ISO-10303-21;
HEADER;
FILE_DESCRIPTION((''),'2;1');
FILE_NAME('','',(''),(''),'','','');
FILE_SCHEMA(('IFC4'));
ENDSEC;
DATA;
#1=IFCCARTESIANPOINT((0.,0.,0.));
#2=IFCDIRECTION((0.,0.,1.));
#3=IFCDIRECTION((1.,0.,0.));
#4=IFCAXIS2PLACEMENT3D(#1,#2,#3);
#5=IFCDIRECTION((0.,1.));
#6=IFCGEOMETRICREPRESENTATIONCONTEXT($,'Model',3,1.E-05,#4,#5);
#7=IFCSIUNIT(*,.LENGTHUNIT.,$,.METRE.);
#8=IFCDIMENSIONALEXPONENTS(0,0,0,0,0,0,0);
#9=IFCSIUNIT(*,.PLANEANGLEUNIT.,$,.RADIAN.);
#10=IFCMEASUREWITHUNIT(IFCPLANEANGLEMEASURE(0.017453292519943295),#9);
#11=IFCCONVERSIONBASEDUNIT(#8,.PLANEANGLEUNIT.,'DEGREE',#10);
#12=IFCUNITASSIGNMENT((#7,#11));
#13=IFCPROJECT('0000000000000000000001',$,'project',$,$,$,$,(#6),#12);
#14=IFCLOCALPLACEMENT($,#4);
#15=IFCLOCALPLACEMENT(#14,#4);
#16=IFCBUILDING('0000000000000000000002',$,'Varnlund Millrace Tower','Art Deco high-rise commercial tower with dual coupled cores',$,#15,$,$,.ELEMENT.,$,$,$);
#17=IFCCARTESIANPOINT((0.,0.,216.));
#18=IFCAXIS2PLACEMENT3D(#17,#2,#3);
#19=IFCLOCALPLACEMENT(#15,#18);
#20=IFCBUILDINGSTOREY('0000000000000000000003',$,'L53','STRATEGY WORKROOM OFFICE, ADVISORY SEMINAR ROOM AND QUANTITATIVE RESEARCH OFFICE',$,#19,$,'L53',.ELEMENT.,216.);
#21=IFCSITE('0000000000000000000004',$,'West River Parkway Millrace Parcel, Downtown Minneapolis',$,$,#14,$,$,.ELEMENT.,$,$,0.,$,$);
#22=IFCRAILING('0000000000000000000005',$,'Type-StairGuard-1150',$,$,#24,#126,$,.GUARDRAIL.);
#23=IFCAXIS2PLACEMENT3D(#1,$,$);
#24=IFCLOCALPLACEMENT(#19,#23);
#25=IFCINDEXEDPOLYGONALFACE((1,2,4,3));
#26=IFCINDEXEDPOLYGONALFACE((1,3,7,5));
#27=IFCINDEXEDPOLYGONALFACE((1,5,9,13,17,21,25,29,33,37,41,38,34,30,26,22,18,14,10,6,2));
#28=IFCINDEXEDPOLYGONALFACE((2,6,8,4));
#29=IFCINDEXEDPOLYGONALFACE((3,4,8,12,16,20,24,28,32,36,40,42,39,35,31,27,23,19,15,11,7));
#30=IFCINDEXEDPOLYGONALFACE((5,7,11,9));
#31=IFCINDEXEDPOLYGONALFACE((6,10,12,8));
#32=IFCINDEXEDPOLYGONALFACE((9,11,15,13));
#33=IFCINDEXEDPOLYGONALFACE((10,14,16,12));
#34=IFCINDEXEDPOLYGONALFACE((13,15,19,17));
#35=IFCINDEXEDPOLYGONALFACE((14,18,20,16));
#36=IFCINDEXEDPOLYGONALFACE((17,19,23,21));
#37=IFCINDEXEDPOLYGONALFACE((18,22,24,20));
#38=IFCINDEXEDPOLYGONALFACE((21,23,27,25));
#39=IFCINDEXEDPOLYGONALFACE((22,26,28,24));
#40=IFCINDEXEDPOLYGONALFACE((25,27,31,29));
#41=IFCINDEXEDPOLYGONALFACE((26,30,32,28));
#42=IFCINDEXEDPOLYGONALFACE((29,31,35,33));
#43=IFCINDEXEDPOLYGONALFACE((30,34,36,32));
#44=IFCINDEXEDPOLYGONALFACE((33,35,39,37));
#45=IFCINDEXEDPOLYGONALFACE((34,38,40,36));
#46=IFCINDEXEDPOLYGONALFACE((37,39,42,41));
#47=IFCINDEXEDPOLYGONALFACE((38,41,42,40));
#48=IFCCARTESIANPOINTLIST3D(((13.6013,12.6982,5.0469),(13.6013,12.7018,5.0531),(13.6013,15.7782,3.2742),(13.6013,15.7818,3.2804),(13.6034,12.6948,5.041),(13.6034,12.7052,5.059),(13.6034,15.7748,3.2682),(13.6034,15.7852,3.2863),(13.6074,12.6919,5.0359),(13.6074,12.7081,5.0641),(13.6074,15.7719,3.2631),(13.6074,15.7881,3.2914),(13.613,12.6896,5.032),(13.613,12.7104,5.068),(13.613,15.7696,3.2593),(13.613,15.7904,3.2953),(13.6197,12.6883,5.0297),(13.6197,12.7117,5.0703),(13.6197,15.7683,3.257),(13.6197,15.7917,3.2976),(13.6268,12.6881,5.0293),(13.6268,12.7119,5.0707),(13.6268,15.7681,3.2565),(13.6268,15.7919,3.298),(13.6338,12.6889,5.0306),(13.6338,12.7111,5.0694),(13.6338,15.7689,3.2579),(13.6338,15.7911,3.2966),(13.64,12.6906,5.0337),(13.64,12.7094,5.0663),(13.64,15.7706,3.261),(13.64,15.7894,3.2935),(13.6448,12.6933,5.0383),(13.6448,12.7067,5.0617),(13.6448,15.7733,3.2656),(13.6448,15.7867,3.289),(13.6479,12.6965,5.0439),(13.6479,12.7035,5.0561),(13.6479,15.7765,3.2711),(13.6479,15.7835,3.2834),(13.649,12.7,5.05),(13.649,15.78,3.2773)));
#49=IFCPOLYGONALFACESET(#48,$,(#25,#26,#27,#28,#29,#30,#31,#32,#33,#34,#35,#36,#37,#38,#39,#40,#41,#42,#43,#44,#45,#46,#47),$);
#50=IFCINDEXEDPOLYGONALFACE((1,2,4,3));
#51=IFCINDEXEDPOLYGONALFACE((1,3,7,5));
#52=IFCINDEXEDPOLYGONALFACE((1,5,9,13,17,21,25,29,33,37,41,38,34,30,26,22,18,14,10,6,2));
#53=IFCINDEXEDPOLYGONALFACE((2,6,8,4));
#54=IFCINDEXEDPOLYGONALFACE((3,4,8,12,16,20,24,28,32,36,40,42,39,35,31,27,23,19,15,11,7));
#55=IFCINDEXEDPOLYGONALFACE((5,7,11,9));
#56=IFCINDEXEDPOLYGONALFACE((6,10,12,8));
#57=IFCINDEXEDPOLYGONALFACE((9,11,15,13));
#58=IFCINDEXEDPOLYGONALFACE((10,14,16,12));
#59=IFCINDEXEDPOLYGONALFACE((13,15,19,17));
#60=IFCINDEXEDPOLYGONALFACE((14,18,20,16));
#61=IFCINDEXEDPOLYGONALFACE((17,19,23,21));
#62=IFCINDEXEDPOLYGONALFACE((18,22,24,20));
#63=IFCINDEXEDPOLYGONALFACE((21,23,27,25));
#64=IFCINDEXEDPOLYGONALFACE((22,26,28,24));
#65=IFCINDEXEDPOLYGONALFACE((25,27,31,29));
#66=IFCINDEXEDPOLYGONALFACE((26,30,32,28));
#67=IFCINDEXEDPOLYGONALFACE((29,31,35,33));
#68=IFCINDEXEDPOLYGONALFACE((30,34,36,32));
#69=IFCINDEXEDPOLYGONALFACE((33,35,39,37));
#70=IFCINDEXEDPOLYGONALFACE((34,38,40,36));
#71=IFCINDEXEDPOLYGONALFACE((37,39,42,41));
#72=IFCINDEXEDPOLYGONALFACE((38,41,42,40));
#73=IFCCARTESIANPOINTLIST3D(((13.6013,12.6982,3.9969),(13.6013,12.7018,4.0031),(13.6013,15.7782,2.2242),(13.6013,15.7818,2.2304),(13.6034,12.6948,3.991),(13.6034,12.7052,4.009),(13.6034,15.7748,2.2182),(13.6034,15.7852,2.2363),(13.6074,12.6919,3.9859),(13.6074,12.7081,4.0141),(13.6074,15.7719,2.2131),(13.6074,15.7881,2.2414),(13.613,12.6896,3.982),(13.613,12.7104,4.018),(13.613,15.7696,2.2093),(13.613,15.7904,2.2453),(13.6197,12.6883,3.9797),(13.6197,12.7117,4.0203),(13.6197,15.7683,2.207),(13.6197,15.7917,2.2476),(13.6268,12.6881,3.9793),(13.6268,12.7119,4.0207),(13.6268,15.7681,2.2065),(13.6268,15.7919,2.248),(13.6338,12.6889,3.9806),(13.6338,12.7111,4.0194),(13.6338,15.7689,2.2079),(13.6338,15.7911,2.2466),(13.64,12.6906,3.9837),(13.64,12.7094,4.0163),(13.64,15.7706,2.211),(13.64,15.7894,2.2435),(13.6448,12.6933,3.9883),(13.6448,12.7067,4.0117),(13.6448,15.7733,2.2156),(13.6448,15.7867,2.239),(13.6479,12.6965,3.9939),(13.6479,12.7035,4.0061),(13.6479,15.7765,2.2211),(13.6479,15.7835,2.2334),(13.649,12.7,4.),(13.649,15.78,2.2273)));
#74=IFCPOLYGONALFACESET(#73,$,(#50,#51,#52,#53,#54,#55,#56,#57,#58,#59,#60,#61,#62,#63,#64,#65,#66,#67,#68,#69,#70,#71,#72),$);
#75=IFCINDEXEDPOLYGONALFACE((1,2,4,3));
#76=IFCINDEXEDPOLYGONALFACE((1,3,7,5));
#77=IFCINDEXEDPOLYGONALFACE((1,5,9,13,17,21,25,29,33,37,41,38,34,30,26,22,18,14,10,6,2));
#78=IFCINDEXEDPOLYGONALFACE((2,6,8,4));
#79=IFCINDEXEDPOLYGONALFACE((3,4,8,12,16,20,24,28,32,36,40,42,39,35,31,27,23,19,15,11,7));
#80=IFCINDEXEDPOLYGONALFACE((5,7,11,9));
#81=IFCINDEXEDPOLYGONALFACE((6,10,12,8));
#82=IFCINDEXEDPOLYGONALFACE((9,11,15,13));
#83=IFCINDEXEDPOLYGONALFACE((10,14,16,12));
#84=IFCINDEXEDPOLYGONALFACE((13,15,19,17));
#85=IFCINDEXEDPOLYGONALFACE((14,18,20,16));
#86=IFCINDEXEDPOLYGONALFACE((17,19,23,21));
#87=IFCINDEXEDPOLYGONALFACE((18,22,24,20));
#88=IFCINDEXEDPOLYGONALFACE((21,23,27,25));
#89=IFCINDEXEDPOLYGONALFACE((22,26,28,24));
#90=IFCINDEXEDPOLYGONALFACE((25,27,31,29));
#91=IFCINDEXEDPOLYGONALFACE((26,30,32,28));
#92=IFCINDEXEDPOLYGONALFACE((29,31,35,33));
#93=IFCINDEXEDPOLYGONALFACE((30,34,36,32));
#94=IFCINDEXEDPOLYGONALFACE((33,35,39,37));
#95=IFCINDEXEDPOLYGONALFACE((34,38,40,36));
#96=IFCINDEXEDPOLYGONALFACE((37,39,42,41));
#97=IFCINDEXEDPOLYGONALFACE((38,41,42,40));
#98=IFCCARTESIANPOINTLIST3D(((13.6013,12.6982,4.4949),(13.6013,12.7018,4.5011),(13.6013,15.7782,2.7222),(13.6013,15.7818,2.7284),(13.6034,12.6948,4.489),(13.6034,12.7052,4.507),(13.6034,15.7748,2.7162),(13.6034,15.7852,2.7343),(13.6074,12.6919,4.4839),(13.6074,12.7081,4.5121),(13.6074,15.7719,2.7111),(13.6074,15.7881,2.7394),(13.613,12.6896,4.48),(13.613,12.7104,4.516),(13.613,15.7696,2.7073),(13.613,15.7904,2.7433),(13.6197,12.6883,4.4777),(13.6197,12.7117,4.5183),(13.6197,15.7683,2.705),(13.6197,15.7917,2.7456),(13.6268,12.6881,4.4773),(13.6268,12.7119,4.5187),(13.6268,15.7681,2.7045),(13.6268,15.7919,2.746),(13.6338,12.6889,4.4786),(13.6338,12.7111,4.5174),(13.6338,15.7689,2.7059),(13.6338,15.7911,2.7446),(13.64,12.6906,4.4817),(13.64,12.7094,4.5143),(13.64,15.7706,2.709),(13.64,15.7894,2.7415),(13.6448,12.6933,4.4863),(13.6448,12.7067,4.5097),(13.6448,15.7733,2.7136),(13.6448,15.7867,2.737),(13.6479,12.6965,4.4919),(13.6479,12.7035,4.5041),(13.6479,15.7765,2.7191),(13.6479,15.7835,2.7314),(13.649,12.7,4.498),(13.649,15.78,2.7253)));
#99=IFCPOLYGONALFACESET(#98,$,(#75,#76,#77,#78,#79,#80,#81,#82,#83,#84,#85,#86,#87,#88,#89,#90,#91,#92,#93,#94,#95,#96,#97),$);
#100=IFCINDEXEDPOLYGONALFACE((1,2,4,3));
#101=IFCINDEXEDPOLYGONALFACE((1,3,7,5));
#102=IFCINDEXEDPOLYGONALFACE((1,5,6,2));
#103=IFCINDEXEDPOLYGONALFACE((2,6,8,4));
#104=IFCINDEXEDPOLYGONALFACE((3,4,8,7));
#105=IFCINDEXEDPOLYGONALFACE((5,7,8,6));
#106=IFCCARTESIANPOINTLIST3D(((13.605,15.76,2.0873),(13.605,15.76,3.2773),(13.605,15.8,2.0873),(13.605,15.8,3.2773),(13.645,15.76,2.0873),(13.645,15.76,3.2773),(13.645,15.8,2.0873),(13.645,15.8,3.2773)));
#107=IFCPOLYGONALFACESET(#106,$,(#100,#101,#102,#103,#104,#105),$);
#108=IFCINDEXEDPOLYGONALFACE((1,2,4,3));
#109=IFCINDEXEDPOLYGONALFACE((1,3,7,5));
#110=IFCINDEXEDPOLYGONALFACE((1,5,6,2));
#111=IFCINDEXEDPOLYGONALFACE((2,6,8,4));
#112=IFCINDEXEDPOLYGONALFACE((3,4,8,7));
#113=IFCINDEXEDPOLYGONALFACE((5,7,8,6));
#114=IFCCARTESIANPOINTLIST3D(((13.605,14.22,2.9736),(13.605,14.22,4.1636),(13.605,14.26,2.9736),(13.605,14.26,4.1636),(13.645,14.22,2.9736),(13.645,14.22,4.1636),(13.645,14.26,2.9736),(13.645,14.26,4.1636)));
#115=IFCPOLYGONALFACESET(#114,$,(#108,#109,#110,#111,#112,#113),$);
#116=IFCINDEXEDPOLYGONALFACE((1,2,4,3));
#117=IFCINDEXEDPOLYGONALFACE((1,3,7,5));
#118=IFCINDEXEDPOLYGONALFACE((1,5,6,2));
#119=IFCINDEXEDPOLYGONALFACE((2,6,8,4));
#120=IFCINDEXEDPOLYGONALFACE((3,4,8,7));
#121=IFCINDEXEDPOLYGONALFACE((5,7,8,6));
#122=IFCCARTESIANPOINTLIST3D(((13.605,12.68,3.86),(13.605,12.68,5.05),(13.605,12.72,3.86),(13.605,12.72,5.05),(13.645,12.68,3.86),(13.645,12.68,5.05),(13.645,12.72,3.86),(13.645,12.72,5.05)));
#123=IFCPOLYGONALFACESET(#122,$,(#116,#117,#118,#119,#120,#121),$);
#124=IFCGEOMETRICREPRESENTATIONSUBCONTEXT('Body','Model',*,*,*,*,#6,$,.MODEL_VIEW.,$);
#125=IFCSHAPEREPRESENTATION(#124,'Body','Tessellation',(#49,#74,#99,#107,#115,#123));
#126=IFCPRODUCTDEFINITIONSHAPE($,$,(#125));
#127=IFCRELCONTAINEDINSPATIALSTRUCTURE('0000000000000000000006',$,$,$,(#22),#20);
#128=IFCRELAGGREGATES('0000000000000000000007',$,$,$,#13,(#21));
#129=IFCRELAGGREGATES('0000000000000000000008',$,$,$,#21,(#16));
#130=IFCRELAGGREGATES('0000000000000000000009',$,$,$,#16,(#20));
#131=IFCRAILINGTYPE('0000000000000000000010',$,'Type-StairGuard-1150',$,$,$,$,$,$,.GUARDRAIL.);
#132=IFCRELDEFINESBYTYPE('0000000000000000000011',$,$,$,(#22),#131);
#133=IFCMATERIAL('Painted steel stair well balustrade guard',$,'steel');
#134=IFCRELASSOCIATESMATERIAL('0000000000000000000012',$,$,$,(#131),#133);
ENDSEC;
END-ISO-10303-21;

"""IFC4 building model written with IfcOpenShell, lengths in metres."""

from ifc_helpers import new_model, entity, si_unit, converted_unit, direction, frame, origin_with_axes, origin_2d_with_axis, place, context, subcontext, project, spatial, rectangle, circle, extrude, material, type_object, element, save


model = new_model("IFC4")

# Units and contexts
model_context = context("Model", 3, precision=1e-05, world=origin_with_axes(), true_north=direction((0.0, 1.0)))
body_context = subcontext(model_context, "Body", "Model", "MODEL_VIEW")
ifc_project = project(units=[si_unit("LENGTHUNIT", "METRE"), converted_unit("PLANEANGLEUNIT", "DEGREE", entity("IfcPlaneAngleMeasure", 0.017453292519943295), si_unit("PLANEANGLEUNIT", "RADIAN"), dimensions=[0, 0, 0, 0, 0, 0, 0])], contexts=[model_context])

# Site, building, storey
site_placement = place(None, origin_with_axes())
site = spatial("IfcSite", under=ifc_project, at=site_placement, Name="West River Parkway Millrace Parcel, Downtown Minneapolis", CompositionType="ELEMENT", RefElevation=0.0)
building_placement = place(site_placement, origin_with_axes())
building = spatial("IfcBuilding", under=site, at=building_placement, Name="Varnlund Millrace Tower", Description="Art Deco high-rise commercial tower with dual coupled cores", CompositionType="ELEMENT")
storey_placement = place(building_placement, frame((0.0, 0.0, 216.0), z_axis=(0.0, 0.0, 1.0), x_axis=(1.0, 0.0, 0.0)))
storey = spatial("IfcBuildingStorey", under=building, at=storey_placement, Name="L53", Description="STRATEGY WORKROOM OFFICE, ADVISORY SEMINAR ROOM AND QUANTITATIVE RESEARCH OFFICE", LongName="L53", CompositionType="ELEMENT", Elevation=216.0)

# Railing
ifc_material_1 = material(Name="Painted steel stair well balustrade guard", Category="steel")
railing_type_1 = type_object("IfcRailingType", Name="Type-StairGuard-1150", PredefinedType="GUARDRAIL", material=ifc_material_1)
railing_1_placement = place(storey_placement, frame((0.0, 0.0, -216.0), z_axis=(0.0, 0.0, 1.0), x_axis=(1.0, 0.0, 0.0)))
element("IfcRailing", 1, at=railing_1_placement, inside=storey, type_object=railing_type_1, Name="Type-StairGuard-1150", PredefinedType="GUARDRAIL", context=body_context, shape_type="SweptSolid", body=[
    extrude(circle(Radius=0.024, at=origin_2d_with_axis()), frame((13.625, 15.78, 219.2773), z_axis=(0.0, -0.866696, 0.498836), x_axis=(1.0, 0.0, 0.0)), (0.0, 0.0, 1.0), 3.5537),
    extrude(circle(Radius=0.024, at=origin_2d_with_axis()), frame((13.625, 15.78, 218.2273), z_axis=(0.0, -0.866696, 0.498836), x_axis=(1.0, 0.0, 0.0)), (0.0, 0.0, 1.0), 3.5537),
    extrude(circle(Radius=0.024, at=origin_2d_with_axis()), frame((13.625, 15.78, 218.7253), z_axis=(0.0, -0.866696, 0.498836), x_axis=(1.0, 0.0, 0.0)), (0.0, 0.0, 1.0), 3.5537),
    extrude(rectangle(XDim=0.04, YDim=0.04, at=origin_2d_with_axis()), frame((13.625, 15.78, 218.0873), z_axis=(0.0, 0.0, 1.0), x_axis=(1.0, 0.0, 0.0)), (0.0, 0.0, 1.0), 1.19),
    extrude(rectangle(XDim=0.04, YDim=0.04, at=origin_2d_with_axis()), frame((13.625, 14.24, 218.9736), z_axis=(0.0, 0.0, 1.0), x_axis=(1.0, 0.0, 0.0)), (0.0, 0.0, 1.0), 1.19),
    extrude(rectangle(XDim=0.04, YDim=0.04, at=origin_2d_with_axis()), frame((13.625, 12.7, 219.86), z_axis=(0.0, 0.0, 1.0), x_axis=(1.0, 0.0, 0.0)), (0.0, 0.0, 1.0), 1.19),
])

save(model, "model.ifc")
